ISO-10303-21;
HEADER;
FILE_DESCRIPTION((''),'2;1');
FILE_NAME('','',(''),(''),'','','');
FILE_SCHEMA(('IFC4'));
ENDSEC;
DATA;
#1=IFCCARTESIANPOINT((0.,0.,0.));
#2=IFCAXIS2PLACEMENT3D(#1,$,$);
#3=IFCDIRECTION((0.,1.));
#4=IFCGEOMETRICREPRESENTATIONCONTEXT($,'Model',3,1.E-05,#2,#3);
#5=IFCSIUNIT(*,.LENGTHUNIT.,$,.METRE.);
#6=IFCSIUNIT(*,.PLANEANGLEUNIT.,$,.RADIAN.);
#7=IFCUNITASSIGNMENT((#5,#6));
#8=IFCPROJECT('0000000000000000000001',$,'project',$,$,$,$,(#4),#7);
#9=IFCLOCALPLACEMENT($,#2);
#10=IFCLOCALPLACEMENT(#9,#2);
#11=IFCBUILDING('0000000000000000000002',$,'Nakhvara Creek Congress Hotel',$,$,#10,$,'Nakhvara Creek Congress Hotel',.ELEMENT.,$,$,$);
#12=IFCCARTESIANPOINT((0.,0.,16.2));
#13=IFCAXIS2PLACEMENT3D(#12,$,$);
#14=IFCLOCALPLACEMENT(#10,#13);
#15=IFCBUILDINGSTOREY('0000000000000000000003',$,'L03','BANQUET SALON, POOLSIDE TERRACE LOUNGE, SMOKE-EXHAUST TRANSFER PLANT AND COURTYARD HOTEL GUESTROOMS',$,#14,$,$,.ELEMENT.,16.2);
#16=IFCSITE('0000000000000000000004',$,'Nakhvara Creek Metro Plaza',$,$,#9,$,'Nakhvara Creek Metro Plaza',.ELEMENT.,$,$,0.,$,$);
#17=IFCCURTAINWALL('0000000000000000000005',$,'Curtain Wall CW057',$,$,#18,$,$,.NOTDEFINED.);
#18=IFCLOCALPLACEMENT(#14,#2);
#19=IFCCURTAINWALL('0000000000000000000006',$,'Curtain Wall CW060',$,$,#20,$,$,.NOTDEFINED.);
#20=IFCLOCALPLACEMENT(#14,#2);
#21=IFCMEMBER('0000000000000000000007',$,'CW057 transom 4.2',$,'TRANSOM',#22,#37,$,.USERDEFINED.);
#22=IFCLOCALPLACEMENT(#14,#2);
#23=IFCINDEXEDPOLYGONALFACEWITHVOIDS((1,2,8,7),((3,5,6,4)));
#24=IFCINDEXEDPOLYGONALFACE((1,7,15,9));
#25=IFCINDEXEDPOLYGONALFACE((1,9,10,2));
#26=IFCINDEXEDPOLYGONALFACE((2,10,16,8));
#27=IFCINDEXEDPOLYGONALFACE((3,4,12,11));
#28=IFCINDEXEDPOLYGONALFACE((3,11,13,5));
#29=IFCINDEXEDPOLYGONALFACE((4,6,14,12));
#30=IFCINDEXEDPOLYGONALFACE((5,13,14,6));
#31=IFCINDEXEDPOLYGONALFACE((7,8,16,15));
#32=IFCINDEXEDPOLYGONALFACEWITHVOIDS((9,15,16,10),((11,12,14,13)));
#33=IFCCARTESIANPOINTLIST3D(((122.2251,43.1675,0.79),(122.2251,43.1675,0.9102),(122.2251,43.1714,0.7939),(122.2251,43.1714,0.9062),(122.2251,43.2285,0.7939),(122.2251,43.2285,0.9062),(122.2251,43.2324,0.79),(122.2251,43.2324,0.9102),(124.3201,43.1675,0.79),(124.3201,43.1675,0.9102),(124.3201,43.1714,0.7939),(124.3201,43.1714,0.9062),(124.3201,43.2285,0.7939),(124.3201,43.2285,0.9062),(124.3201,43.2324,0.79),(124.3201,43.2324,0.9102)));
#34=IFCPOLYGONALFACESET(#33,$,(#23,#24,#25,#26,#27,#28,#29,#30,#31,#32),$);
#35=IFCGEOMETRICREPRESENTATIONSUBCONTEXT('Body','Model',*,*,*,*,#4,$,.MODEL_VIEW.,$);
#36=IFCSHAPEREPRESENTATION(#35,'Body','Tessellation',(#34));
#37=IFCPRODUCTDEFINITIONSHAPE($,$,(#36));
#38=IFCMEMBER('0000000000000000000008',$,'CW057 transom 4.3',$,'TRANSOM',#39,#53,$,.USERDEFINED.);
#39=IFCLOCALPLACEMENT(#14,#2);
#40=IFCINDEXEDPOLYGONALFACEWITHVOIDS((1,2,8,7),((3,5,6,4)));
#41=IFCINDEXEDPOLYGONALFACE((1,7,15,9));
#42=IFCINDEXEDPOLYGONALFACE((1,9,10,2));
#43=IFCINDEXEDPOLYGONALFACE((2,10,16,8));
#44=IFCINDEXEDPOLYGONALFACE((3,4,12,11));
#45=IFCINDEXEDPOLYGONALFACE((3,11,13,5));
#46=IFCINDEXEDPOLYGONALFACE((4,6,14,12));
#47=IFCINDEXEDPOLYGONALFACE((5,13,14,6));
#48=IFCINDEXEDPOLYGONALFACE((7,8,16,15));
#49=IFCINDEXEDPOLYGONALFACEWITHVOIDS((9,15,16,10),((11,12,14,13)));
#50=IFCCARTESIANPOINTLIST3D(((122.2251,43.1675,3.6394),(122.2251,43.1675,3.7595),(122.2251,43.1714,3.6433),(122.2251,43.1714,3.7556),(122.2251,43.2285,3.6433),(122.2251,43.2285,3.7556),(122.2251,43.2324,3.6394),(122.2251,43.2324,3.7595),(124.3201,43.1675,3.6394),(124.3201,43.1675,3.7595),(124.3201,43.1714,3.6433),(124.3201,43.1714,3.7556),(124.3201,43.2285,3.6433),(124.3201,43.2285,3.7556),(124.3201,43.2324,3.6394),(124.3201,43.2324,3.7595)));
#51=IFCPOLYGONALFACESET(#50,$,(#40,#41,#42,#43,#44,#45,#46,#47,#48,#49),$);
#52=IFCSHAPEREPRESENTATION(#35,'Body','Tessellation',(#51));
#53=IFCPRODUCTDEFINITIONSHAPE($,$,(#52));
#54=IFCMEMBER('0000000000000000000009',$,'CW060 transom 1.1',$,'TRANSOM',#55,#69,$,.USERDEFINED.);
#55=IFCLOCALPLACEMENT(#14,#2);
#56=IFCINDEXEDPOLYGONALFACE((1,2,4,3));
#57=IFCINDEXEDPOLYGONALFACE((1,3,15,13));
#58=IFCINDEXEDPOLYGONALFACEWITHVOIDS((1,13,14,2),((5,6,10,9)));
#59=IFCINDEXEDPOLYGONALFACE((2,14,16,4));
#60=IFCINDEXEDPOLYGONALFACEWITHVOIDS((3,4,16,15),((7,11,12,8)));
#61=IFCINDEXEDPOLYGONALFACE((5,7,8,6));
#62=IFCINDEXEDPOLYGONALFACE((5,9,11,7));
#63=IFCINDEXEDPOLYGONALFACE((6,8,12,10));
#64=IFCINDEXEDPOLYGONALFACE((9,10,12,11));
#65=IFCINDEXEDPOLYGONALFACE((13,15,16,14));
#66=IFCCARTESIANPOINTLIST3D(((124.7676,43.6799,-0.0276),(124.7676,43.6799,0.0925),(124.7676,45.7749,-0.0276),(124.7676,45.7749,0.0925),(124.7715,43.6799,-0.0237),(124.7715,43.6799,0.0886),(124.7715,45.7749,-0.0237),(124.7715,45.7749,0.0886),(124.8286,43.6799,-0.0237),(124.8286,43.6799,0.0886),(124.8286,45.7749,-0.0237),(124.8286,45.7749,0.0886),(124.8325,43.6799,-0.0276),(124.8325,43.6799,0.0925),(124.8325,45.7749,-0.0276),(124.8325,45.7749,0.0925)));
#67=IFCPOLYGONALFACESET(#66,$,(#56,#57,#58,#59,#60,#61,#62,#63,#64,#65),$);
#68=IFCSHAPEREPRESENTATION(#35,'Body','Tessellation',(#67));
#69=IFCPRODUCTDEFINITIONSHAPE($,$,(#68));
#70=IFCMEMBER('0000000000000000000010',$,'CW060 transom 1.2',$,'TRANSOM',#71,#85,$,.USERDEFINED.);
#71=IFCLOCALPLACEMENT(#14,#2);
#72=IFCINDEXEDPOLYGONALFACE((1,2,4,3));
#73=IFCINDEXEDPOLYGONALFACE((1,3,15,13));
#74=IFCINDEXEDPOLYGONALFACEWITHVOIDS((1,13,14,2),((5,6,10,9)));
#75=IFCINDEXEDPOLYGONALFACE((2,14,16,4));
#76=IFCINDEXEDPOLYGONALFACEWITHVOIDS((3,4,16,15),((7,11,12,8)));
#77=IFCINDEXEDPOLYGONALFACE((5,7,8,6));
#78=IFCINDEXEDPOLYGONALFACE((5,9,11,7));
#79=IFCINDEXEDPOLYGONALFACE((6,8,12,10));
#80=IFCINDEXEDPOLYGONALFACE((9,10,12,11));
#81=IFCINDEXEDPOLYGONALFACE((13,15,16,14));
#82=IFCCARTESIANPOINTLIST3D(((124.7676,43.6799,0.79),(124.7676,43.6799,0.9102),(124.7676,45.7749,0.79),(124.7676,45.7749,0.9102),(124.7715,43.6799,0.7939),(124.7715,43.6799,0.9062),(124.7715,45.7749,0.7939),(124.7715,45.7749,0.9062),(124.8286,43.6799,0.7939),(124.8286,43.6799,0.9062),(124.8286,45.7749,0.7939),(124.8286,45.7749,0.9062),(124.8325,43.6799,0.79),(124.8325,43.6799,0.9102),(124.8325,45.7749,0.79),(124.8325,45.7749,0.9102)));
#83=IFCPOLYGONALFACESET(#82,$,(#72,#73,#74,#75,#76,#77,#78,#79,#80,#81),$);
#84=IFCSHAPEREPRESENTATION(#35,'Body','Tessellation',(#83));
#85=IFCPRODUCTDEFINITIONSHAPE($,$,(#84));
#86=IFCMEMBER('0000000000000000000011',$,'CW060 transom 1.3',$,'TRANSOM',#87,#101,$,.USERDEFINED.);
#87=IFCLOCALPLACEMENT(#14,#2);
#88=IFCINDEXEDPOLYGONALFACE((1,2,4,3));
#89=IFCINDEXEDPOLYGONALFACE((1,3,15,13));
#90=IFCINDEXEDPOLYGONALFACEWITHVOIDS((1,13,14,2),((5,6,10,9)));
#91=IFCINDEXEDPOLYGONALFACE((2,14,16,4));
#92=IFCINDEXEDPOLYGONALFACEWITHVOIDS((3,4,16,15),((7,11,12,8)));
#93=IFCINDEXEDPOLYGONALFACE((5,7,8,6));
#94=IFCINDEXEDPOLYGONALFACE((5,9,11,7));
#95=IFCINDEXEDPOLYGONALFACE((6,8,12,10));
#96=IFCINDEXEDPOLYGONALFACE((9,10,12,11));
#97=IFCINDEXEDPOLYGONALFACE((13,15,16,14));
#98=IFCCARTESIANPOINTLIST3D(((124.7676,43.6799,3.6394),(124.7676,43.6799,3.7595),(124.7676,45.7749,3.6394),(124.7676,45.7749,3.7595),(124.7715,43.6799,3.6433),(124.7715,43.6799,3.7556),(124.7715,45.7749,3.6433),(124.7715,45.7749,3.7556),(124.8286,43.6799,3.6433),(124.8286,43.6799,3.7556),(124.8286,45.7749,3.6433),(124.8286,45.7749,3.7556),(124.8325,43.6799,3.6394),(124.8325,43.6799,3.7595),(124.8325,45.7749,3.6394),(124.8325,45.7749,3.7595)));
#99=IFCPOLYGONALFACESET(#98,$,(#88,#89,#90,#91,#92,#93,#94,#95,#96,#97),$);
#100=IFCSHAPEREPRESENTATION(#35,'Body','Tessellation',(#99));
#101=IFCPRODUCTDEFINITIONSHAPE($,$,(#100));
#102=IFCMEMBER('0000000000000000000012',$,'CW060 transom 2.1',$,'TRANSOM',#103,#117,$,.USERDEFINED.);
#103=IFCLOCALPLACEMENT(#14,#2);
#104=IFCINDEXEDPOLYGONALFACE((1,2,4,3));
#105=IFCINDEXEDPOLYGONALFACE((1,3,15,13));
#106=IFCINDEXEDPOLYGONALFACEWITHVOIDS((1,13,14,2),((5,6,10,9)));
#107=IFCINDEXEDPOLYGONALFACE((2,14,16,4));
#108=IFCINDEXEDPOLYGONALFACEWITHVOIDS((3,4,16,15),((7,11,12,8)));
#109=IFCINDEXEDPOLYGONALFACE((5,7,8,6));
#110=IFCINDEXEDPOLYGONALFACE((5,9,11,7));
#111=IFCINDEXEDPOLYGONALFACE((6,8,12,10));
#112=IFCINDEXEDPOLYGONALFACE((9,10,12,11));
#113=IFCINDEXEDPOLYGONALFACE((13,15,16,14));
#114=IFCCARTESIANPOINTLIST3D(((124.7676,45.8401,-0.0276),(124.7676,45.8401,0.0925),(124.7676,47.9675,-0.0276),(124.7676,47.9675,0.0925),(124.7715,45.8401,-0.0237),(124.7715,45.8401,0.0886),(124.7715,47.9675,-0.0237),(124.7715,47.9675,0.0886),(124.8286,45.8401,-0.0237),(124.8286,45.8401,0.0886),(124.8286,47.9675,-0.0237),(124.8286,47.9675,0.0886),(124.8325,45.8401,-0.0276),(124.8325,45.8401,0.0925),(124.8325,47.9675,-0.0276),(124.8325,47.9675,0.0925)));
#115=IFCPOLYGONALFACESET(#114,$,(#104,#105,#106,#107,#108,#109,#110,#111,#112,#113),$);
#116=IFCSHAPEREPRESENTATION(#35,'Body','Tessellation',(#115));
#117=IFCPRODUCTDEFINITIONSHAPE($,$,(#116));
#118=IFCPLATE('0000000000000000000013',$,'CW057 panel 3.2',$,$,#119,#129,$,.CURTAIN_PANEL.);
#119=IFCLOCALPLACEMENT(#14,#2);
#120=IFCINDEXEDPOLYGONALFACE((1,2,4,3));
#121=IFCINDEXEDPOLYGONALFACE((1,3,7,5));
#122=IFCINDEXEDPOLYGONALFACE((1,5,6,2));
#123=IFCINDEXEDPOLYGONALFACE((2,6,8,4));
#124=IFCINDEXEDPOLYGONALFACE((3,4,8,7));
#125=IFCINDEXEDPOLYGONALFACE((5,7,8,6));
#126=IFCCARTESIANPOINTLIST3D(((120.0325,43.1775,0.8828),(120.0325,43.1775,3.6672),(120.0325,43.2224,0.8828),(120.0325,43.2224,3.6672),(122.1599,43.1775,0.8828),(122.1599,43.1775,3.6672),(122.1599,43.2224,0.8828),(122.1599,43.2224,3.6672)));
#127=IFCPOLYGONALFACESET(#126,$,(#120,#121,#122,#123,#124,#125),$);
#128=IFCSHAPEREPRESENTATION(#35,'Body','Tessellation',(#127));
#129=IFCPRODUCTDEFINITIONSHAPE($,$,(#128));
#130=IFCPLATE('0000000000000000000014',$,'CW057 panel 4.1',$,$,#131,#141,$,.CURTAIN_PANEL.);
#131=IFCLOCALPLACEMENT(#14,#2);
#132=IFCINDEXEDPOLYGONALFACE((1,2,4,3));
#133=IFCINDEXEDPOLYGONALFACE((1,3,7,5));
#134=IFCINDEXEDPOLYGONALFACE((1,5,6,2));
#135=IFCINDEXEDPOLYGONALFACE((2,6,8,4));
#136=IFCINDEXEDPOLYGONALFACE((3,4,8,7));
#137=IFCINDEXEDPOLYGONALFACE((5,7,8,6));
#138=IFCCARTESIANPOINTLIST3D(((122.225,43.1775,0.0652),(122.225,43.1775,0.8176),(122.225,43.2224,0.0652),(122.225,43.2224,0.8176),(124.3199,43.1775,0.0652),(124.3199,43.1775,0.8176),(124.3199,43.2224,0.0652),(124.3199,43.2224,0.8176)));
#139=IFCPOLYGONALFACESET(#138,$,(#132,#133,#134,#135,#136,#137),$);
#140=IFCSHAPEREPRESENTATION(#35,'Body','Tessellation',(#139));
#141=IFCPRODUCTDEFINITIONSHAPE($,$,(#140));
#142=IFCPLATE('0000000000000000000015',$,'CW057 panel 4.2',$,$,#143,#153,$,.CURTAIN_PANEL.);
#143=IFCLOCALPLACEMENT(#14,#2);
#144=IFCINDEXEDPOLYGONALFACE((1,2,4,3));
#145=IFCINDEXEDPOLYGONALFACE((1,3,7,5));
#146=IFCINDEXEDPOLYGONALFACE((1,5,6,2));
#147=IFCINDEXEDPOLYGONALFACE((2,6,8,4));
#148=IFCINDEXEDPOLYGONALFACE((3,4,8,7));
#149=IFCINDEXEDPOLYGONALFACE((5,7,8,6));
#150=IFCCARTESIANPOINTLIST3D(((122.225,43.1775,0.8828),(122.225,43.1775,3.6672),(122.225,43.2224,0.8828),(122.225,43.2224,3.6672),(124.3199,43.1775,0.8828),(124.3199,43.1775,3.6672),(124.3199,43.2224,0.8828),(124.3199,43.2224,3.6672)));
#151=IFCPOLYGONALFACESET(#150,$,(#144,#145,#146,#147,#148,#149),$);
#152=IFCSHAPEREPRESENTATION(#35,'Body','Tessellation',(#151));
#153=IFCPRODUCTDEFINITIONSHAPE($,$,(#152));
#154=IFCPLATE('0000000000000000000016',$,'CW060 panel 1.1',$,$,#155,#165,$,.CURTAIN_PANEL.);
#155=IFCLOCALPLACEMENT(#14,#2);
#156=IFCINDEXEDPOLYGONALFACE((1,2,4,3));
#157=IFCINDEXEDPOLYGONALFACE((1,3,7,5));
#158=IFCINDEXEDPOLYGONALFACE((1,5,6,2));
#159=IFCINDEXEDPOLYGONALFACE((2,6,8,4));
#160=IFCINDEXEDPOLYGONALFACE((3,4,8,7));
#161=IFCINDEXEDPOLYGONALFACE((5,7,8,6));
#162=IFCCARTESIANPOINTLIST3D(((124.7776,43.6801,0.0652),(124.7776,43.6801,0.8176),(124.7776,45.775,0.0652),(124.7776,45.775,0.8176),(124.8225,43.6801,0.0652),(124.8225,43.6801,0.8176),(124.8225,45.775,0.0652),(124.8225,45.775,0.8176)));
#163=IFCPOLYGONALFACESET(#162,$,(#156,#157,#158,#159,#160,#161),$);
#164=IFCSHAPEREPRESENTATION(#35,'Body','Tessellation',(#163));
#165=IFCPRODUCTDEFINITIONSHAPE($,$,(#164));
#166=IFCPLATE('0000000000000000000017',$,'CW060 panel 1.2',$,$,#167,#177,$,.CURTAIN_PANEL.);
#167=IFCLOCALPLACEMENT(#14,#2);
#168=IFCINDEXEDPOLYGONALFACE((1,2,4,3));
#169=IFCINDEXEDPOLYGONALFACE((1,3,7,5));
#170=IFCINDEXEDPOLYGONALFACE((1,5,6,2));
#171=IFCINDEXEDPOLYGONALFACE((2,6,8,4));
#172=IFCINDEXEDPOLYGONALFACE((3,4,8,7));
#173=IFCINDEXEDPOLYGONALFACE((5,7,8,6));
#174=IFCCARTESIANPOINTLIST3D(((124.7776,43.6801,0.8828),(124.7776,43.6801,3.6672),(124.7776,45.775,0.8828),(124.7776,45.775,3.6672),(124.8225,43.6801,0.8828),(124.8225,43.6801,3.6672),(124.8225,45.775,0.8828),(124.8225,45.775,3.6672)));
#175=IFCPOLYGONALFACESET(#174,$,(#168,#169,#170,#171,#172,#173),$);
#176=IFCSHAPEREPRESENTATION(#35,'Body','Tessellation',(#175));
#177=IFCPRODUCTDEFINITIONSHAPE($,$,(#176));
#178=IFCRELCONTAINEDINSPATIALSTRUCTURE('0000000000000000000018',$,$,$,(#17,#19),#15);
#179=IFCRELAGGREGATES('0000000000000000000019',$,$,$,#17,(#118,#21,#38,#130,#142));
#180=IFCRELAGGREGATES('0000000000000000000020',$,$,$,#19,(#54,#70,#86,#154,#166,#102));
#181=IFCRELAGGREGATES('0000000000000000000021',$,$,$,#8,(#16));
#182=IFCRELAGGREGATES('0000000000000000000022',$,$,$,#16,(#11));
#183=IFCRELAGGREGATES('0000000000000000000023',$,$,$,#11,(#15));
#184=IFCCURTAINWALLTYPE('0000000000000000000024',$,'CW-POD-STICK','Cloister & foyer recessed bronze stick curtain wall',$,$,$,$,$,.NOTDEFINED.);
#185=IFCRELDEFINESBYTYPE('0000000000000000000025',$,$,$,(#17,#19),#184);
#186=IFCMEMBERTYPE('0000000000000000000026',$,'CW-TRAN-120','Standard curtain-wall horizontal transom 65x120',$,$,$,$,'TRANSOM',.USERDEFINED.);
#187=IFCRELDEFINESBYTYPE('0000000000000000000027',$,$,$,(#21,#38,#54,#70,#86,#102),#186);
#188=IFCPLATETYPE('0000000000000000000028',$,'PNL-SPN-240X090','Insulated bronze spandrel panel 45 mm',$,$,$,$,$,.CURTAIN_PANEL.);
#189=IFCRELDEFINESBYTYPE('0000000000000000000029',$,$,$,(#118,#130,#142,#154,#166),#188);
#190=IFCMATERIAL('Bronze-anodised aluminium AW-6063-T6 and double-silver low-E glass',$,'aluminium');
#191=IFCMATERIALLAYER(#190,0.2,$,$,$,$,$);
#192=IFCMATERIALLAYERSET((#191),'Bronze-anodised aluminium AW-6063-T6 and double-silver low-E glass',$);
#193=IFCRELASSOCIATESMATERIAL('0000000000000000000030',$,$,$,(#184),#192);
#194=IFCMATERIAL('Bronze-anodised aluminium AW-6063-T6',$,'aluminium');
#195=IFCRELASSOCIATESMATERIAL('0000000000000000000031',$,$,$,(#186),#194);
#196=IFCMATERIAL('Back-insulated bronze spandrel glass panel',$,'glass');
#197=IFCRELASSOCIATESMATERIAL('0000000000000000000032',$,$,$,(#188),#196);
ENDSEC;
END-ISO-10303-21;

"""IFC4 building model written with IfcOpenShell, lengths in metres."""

from ifc_helpers import new_model, si_unit, direction, frame, origin, origin_2d, place, context, subcontext, project, spatial, rectangle, hollow_rectangle, extrude, material, layer, layer_set, material_profile, profile_set, type_object, element, aggregate, save


model = new_model("IFC4")

# Units and contexts
model_context = context("Model", 3, precision=1e-05, world=origin(), true_north=direction((0.0, 1.0)))
body_context = subcontext(model_context, "Body", "Model", "MODEL_VIEW")
ifc_project = project(units=[si_unit("LENGTHUNIT", "METRE"), si_unit("PLANEANGLEUNIT", "RADIAN")], contexts=[model_context])

# Site, building, storey
site_placement = place(None, origin())
site = spatial("IfcSite", under=ifc_project, at=site_placement, Name="Nakhvara Creek Metro Plaza", LongName="Nakhvara Creek Metro Plaza", CompositionType="ELEMENT", RefElevation=0.0)
building_placement = place(site_placement, origin())
building = spatial("IfcBuilding", under=site, at=building_placement, Name="Nakhvara Creek Congress Hotel", LongName="Nakhvara Creek Congress Hotel", CompositionType="ELEMENT")
storey_placement = place(building_placement, frame((0.0, 0.0, 16.2)))
storey = spatial("IfcBuildingStorey", under=building, at=storey_placement, Name="L03", Description="BANQUET SALON, POOLSIDE TERRACE LOUNGE, SMOKE-EXHAUST TRANSFER PLANT AND COURTYARD HOTEL GUESTROOMS", CompositionType="ELEMENT", Elevation=16.2)

# Curtain walls
ifc_material_1 = material(Name="Bronze-anodised aluminium AW-6063-T6 and double-silver low-E glass", Category="aluminium")
ifc_layer = layer(ifc_material_1, 0.2)
ifc_layer_set = layer_set([ifc_layer], Name="Bronze-anodised aluminium AW-6063-T6 and double-silver low-E glass")
curtain_wall_type = type_object("IfcCurtainWallType", Name="CW-POD-STICK", Description="Cloister & foyer recessed bronze stick curtain wall", PredefinedType="NOTDEFINED", material=ifc_layer_set)
curtain_wall_1_placement = place(storey_placement, origin())
curtain_wall_1 = element("IfcCurtainWall", 1, at=curtain_wall_1_placement, inside=storey, type_object=curtain_wall_type, Name="Curtain Wall CW057", PredefinedType="NOTDEFINED")
ifc_material_2 = material(Name="Bronze-anodised aluminium AW-6063-T6", Category="aluminium")
curtain_wall_2_placement = place(storey_placement, origin())
curtain_wall_2 = element("IfcCurtainWall", 2, at=curtain_wall_2_placement, inside=storey, type_object=curtain_wall_type, Name="Curtain Wall CW060", PredefinedType="NOTDEFINED")

# Members
ifc_material_profile_1 = material_profile(ifc_material_2, hollow_rectangle(XDim=0.0649, YDim=0.1201, WallThickness=0.0039, at=origin_2d()), Name="ALU-TRAN 65x120x4", Category="LoadBearing")
ifc_profile_set_1 = profile_set([ifc_material_profile_1], Name="Bronze-anodised aluminium AW-6063-T6")
member_type_1 = type_object("IfcMemberType", Name="CW-TRAN-120", Description="Standard curtain-wall horizontal transom 65x120", ElementType="TRANSOM", PredefinedType="USERDEFINED", material=ifc_profile_set_1)
member_1_placement = place(storey_placement, frame((122.2251, 43.2, 0.8501), z_axis=(1.0, 0.0, 0.0), x_axis=(0.0, 1.0, 0.0)))
member_1 = element("IfcMember", 3, at=member_1_placement, type_object=member_type_1, Name="CW057 transom 4.2", ObjectType="TRANSOM", PredefinedType="USERDEFINED", context=body_context, shape_type="SweptSolid", body=[
    extrude(hollow_rectangle(XDim=0.0649, YDim=0.1201, WallThickness=0.0039, at=origin_2d()), origin(), (0.0, 0.0, 1.0), 2.095),
])
member_2_placement = place(storey_placement, frame((122.2251, 43.2, 3.6995), z_axis=(1.0, 0.0, 0.0), x_axis=(0.0, 1.0, 0.0)))
member_2 = element("IfcMember", 4, at=member_2_placement, type_object=member_type_1, Name="CW057 transom 4.3", ObjectType="TRANSOM", PredefinedType="USERDEFINED", context=body_context, shape_type="SweptSolid", body=[
    extrude(hollow_rectangle(XDim=0.0649, YDim=0.1201, WallThickness=0.0039, at=origin_2d()), origin(), (0.0, 0.0, 1.0), 2.095),
])
member_3_placement = place(storey_placement, frame((124.8, 43.6799, 0.0325), z_axis=(0.0, 1.0, 0.0), x_axis=(-1.0, 0.0, 0.0)))
member_3 = element("IfcMember", 5, at=member_3_placement, type_object=member_type_1, Name="CW060 transom 1.1", ObjectType="TRANSOM", PredefinedType="USERDEFINED", context=body_context, shape_type="SweptSolid", body=[
    extrude(hollow_rectangle(XDim=0.0649, YDim=0.1201, WallThickness=0.0039, at=origin_2d()), origin(), (0.0, 0.0, 1.0), 2.095),
])
member_4_placement = place(storey_placement, frame((124.8, 43.6799, 0.8501), z_axis=(0.0, 1.0, 0.0), x_axis=(-1.0, 0.0, 0.0)))
member_4 = element("IfcMember", 6, at=member_4_placement, type_object=member_type_1, Name="CW060 transom 1.2", ObjectType="TRANSOM", PredefinedType="USERDEFINED", context=body_context, shape_type="SweptSolid", body=[
    extrude(hollow_rectangle(XDim=0.0649, YDim=0.1201, WallThickness=0.0039, at=origin_2d()), origin(), (0.0, 0.0, 1.0), 2.095),
])
member_5_placement = place(storey_placement, frame((124.8, 43.6799, 3.6995), z_axis=(0.0, 1.0, 0.0), x_axis=(-1.0, 0.0, 0.0)))
member_5 = element("IfcMember", 7, at=member_5_placement, type_object=member_type_1, Name="CW060 transom 1.3", ObjectType="TRANSOM", PredefinedType="USERDEFINED", context=body_context, shape_type="SweptSolid", body=[
    extrude(hollow_rectangle(XDim=0.0649, YDim=0.1201, WallThickness=0.0039, at=origin_2d()), origin(), (0.0, 0.0, 1.0), 2.095),
])
member_6_placement = place(storey_placement, frame((124.8, 45.8401, 0.0325), z_axis=(0.0, 1.0, 0.0), x_axis=(-1.0, 0.0, 0.0)))
member_6 = element("IfcMember", 8, at=member_6_placement, type_object=member_type_1, Name="CW060 transom 2.1", ObjectType="TRANSOM", PredefinedType="USERDEFINED", context=body_context, shape_type="SweptSolid", body=[
    extrude(hollow_rectangle(XDim=0.0649, YDim=0.1201, WallThickness=0.0039, at=origin_2d()), origin(), (0.0, 0.0, 1.0), 2.1274),
])

# Plates
ifc_material_3 = material(Name="Back-insulated bronze spandrel glass panel", Category="glass")
plate_type = type_object("IfcPlateType", Name="PNL-SPN-240X090", Description="Insulated bronze spandrel panel 45 mm", PredefinedType="CURTAIN_PANEL", material=ifc_material_3)
plate_1_placement = place(storey_placement, frame((121.0962, 43.2, 0.8828), z_axis=(0.0, 0.0, 1.0), x_axis=(1.0, 0.0, 0.0)))
plate_1 = element("IfcPlate", 9, at=plate_1_placement, type_object=plate_type, Name="CW057 panel 3.2", PredefinedType="CURTAIN_PANEL", context=body_context, shape_type="SweptSolid", body=[
    extrude(rectangle(XDim=2.1274, YDim=0.0449, at=origin_2d()), origin(), (0.0, 0.0, 1.0), 2.7844),
])
plate_2_placement = place(storey_placement, frame((123.2725, 43.2, 0.0652), z_axis=(0.0, 0.0, 1.0), x_axis=(1.0, 0.0, 0.0)))
plate_2 = element("IfcPlate", 10, at=plate_2_placement, type_object=plate_type, Name="CW057 panel 4.1", PredefinedType="CURTAIN_PANEL", context=body_context, shape_type="SweptSolid", body=[
    extrude(rectangle(XDim=2.095, YDim=0.0449, at=origin_2d()), origin(), (0.0, 0.0, 1.0), 0.7524),
])
plate_3_placement = place(storey_placement, frame((123.2725, 43.2, 0.8828), z_axis=(0.0, 0.0, 1.0), x_axis=(1.0, 0.0, 0.0)))
plate_3 = element("IfcPlate", 11, at=plate_3_placement, type_object=plate_type, Name="CW057 panel 4.2", PredefinedType="CURTAIN_PANEL", context=body_context, shape_type="SweptSolid", body=[
    extrude(rectangle(XDim=2.095, YDim=0.0449, at=origin_2d()), origin(), (0.0, 0.0, 1.0), 2.7844),
])
aggregate(curtain_wall_1, [plate_1, member_1, member_2, plate_2, plate_3])
plate_4_placement = place(storey_placement, frame((124.8, 44.7275, 0.0652), z_axis=(0.0, 0.0, 1.0), x_axis=(0.0, 1.0, 0.0)))
plate_4 = element("IfcPlate", 12, at=plate_4_placement, type_object=plate_type, Name="CW060 panel 1.1", PredefinedType="CURTAIN_PANEL", context=body_context, shape_type="SweptSolid", body=[
    extrude(rectangle(XDim=2.095, YDim=0.0449, at=origin_2d()), origin(), (0.0, 0.0, 1.0), 0.7524),
])
plate_5_placement = place(storey_placement, frame((124.8, 44.7275, 0.8828), z_axis=(0.0, 0.0, 1.0), x_axis=(0.0, 1.0, 0.0)))
plate_5 = element("IfcPlate", 13, at=plate_5_placement, type_object=plate_type, Name="CW060 panel 1.2", PredefinedType="CURTAIN_PANEL", context=body_context, shape_type="SweptSolid", body=[
    extrude(rectangle(XDim=2.095, YDim=0.0449, at=origin_2d()), origin(), (0.0, 0.0, 1.0), 2.7844),
])
aggregate(curtain_wall_2, [member_3, member_4, member_5, plate_4, plate_5, member_6])

save(model, "model.ifc")
